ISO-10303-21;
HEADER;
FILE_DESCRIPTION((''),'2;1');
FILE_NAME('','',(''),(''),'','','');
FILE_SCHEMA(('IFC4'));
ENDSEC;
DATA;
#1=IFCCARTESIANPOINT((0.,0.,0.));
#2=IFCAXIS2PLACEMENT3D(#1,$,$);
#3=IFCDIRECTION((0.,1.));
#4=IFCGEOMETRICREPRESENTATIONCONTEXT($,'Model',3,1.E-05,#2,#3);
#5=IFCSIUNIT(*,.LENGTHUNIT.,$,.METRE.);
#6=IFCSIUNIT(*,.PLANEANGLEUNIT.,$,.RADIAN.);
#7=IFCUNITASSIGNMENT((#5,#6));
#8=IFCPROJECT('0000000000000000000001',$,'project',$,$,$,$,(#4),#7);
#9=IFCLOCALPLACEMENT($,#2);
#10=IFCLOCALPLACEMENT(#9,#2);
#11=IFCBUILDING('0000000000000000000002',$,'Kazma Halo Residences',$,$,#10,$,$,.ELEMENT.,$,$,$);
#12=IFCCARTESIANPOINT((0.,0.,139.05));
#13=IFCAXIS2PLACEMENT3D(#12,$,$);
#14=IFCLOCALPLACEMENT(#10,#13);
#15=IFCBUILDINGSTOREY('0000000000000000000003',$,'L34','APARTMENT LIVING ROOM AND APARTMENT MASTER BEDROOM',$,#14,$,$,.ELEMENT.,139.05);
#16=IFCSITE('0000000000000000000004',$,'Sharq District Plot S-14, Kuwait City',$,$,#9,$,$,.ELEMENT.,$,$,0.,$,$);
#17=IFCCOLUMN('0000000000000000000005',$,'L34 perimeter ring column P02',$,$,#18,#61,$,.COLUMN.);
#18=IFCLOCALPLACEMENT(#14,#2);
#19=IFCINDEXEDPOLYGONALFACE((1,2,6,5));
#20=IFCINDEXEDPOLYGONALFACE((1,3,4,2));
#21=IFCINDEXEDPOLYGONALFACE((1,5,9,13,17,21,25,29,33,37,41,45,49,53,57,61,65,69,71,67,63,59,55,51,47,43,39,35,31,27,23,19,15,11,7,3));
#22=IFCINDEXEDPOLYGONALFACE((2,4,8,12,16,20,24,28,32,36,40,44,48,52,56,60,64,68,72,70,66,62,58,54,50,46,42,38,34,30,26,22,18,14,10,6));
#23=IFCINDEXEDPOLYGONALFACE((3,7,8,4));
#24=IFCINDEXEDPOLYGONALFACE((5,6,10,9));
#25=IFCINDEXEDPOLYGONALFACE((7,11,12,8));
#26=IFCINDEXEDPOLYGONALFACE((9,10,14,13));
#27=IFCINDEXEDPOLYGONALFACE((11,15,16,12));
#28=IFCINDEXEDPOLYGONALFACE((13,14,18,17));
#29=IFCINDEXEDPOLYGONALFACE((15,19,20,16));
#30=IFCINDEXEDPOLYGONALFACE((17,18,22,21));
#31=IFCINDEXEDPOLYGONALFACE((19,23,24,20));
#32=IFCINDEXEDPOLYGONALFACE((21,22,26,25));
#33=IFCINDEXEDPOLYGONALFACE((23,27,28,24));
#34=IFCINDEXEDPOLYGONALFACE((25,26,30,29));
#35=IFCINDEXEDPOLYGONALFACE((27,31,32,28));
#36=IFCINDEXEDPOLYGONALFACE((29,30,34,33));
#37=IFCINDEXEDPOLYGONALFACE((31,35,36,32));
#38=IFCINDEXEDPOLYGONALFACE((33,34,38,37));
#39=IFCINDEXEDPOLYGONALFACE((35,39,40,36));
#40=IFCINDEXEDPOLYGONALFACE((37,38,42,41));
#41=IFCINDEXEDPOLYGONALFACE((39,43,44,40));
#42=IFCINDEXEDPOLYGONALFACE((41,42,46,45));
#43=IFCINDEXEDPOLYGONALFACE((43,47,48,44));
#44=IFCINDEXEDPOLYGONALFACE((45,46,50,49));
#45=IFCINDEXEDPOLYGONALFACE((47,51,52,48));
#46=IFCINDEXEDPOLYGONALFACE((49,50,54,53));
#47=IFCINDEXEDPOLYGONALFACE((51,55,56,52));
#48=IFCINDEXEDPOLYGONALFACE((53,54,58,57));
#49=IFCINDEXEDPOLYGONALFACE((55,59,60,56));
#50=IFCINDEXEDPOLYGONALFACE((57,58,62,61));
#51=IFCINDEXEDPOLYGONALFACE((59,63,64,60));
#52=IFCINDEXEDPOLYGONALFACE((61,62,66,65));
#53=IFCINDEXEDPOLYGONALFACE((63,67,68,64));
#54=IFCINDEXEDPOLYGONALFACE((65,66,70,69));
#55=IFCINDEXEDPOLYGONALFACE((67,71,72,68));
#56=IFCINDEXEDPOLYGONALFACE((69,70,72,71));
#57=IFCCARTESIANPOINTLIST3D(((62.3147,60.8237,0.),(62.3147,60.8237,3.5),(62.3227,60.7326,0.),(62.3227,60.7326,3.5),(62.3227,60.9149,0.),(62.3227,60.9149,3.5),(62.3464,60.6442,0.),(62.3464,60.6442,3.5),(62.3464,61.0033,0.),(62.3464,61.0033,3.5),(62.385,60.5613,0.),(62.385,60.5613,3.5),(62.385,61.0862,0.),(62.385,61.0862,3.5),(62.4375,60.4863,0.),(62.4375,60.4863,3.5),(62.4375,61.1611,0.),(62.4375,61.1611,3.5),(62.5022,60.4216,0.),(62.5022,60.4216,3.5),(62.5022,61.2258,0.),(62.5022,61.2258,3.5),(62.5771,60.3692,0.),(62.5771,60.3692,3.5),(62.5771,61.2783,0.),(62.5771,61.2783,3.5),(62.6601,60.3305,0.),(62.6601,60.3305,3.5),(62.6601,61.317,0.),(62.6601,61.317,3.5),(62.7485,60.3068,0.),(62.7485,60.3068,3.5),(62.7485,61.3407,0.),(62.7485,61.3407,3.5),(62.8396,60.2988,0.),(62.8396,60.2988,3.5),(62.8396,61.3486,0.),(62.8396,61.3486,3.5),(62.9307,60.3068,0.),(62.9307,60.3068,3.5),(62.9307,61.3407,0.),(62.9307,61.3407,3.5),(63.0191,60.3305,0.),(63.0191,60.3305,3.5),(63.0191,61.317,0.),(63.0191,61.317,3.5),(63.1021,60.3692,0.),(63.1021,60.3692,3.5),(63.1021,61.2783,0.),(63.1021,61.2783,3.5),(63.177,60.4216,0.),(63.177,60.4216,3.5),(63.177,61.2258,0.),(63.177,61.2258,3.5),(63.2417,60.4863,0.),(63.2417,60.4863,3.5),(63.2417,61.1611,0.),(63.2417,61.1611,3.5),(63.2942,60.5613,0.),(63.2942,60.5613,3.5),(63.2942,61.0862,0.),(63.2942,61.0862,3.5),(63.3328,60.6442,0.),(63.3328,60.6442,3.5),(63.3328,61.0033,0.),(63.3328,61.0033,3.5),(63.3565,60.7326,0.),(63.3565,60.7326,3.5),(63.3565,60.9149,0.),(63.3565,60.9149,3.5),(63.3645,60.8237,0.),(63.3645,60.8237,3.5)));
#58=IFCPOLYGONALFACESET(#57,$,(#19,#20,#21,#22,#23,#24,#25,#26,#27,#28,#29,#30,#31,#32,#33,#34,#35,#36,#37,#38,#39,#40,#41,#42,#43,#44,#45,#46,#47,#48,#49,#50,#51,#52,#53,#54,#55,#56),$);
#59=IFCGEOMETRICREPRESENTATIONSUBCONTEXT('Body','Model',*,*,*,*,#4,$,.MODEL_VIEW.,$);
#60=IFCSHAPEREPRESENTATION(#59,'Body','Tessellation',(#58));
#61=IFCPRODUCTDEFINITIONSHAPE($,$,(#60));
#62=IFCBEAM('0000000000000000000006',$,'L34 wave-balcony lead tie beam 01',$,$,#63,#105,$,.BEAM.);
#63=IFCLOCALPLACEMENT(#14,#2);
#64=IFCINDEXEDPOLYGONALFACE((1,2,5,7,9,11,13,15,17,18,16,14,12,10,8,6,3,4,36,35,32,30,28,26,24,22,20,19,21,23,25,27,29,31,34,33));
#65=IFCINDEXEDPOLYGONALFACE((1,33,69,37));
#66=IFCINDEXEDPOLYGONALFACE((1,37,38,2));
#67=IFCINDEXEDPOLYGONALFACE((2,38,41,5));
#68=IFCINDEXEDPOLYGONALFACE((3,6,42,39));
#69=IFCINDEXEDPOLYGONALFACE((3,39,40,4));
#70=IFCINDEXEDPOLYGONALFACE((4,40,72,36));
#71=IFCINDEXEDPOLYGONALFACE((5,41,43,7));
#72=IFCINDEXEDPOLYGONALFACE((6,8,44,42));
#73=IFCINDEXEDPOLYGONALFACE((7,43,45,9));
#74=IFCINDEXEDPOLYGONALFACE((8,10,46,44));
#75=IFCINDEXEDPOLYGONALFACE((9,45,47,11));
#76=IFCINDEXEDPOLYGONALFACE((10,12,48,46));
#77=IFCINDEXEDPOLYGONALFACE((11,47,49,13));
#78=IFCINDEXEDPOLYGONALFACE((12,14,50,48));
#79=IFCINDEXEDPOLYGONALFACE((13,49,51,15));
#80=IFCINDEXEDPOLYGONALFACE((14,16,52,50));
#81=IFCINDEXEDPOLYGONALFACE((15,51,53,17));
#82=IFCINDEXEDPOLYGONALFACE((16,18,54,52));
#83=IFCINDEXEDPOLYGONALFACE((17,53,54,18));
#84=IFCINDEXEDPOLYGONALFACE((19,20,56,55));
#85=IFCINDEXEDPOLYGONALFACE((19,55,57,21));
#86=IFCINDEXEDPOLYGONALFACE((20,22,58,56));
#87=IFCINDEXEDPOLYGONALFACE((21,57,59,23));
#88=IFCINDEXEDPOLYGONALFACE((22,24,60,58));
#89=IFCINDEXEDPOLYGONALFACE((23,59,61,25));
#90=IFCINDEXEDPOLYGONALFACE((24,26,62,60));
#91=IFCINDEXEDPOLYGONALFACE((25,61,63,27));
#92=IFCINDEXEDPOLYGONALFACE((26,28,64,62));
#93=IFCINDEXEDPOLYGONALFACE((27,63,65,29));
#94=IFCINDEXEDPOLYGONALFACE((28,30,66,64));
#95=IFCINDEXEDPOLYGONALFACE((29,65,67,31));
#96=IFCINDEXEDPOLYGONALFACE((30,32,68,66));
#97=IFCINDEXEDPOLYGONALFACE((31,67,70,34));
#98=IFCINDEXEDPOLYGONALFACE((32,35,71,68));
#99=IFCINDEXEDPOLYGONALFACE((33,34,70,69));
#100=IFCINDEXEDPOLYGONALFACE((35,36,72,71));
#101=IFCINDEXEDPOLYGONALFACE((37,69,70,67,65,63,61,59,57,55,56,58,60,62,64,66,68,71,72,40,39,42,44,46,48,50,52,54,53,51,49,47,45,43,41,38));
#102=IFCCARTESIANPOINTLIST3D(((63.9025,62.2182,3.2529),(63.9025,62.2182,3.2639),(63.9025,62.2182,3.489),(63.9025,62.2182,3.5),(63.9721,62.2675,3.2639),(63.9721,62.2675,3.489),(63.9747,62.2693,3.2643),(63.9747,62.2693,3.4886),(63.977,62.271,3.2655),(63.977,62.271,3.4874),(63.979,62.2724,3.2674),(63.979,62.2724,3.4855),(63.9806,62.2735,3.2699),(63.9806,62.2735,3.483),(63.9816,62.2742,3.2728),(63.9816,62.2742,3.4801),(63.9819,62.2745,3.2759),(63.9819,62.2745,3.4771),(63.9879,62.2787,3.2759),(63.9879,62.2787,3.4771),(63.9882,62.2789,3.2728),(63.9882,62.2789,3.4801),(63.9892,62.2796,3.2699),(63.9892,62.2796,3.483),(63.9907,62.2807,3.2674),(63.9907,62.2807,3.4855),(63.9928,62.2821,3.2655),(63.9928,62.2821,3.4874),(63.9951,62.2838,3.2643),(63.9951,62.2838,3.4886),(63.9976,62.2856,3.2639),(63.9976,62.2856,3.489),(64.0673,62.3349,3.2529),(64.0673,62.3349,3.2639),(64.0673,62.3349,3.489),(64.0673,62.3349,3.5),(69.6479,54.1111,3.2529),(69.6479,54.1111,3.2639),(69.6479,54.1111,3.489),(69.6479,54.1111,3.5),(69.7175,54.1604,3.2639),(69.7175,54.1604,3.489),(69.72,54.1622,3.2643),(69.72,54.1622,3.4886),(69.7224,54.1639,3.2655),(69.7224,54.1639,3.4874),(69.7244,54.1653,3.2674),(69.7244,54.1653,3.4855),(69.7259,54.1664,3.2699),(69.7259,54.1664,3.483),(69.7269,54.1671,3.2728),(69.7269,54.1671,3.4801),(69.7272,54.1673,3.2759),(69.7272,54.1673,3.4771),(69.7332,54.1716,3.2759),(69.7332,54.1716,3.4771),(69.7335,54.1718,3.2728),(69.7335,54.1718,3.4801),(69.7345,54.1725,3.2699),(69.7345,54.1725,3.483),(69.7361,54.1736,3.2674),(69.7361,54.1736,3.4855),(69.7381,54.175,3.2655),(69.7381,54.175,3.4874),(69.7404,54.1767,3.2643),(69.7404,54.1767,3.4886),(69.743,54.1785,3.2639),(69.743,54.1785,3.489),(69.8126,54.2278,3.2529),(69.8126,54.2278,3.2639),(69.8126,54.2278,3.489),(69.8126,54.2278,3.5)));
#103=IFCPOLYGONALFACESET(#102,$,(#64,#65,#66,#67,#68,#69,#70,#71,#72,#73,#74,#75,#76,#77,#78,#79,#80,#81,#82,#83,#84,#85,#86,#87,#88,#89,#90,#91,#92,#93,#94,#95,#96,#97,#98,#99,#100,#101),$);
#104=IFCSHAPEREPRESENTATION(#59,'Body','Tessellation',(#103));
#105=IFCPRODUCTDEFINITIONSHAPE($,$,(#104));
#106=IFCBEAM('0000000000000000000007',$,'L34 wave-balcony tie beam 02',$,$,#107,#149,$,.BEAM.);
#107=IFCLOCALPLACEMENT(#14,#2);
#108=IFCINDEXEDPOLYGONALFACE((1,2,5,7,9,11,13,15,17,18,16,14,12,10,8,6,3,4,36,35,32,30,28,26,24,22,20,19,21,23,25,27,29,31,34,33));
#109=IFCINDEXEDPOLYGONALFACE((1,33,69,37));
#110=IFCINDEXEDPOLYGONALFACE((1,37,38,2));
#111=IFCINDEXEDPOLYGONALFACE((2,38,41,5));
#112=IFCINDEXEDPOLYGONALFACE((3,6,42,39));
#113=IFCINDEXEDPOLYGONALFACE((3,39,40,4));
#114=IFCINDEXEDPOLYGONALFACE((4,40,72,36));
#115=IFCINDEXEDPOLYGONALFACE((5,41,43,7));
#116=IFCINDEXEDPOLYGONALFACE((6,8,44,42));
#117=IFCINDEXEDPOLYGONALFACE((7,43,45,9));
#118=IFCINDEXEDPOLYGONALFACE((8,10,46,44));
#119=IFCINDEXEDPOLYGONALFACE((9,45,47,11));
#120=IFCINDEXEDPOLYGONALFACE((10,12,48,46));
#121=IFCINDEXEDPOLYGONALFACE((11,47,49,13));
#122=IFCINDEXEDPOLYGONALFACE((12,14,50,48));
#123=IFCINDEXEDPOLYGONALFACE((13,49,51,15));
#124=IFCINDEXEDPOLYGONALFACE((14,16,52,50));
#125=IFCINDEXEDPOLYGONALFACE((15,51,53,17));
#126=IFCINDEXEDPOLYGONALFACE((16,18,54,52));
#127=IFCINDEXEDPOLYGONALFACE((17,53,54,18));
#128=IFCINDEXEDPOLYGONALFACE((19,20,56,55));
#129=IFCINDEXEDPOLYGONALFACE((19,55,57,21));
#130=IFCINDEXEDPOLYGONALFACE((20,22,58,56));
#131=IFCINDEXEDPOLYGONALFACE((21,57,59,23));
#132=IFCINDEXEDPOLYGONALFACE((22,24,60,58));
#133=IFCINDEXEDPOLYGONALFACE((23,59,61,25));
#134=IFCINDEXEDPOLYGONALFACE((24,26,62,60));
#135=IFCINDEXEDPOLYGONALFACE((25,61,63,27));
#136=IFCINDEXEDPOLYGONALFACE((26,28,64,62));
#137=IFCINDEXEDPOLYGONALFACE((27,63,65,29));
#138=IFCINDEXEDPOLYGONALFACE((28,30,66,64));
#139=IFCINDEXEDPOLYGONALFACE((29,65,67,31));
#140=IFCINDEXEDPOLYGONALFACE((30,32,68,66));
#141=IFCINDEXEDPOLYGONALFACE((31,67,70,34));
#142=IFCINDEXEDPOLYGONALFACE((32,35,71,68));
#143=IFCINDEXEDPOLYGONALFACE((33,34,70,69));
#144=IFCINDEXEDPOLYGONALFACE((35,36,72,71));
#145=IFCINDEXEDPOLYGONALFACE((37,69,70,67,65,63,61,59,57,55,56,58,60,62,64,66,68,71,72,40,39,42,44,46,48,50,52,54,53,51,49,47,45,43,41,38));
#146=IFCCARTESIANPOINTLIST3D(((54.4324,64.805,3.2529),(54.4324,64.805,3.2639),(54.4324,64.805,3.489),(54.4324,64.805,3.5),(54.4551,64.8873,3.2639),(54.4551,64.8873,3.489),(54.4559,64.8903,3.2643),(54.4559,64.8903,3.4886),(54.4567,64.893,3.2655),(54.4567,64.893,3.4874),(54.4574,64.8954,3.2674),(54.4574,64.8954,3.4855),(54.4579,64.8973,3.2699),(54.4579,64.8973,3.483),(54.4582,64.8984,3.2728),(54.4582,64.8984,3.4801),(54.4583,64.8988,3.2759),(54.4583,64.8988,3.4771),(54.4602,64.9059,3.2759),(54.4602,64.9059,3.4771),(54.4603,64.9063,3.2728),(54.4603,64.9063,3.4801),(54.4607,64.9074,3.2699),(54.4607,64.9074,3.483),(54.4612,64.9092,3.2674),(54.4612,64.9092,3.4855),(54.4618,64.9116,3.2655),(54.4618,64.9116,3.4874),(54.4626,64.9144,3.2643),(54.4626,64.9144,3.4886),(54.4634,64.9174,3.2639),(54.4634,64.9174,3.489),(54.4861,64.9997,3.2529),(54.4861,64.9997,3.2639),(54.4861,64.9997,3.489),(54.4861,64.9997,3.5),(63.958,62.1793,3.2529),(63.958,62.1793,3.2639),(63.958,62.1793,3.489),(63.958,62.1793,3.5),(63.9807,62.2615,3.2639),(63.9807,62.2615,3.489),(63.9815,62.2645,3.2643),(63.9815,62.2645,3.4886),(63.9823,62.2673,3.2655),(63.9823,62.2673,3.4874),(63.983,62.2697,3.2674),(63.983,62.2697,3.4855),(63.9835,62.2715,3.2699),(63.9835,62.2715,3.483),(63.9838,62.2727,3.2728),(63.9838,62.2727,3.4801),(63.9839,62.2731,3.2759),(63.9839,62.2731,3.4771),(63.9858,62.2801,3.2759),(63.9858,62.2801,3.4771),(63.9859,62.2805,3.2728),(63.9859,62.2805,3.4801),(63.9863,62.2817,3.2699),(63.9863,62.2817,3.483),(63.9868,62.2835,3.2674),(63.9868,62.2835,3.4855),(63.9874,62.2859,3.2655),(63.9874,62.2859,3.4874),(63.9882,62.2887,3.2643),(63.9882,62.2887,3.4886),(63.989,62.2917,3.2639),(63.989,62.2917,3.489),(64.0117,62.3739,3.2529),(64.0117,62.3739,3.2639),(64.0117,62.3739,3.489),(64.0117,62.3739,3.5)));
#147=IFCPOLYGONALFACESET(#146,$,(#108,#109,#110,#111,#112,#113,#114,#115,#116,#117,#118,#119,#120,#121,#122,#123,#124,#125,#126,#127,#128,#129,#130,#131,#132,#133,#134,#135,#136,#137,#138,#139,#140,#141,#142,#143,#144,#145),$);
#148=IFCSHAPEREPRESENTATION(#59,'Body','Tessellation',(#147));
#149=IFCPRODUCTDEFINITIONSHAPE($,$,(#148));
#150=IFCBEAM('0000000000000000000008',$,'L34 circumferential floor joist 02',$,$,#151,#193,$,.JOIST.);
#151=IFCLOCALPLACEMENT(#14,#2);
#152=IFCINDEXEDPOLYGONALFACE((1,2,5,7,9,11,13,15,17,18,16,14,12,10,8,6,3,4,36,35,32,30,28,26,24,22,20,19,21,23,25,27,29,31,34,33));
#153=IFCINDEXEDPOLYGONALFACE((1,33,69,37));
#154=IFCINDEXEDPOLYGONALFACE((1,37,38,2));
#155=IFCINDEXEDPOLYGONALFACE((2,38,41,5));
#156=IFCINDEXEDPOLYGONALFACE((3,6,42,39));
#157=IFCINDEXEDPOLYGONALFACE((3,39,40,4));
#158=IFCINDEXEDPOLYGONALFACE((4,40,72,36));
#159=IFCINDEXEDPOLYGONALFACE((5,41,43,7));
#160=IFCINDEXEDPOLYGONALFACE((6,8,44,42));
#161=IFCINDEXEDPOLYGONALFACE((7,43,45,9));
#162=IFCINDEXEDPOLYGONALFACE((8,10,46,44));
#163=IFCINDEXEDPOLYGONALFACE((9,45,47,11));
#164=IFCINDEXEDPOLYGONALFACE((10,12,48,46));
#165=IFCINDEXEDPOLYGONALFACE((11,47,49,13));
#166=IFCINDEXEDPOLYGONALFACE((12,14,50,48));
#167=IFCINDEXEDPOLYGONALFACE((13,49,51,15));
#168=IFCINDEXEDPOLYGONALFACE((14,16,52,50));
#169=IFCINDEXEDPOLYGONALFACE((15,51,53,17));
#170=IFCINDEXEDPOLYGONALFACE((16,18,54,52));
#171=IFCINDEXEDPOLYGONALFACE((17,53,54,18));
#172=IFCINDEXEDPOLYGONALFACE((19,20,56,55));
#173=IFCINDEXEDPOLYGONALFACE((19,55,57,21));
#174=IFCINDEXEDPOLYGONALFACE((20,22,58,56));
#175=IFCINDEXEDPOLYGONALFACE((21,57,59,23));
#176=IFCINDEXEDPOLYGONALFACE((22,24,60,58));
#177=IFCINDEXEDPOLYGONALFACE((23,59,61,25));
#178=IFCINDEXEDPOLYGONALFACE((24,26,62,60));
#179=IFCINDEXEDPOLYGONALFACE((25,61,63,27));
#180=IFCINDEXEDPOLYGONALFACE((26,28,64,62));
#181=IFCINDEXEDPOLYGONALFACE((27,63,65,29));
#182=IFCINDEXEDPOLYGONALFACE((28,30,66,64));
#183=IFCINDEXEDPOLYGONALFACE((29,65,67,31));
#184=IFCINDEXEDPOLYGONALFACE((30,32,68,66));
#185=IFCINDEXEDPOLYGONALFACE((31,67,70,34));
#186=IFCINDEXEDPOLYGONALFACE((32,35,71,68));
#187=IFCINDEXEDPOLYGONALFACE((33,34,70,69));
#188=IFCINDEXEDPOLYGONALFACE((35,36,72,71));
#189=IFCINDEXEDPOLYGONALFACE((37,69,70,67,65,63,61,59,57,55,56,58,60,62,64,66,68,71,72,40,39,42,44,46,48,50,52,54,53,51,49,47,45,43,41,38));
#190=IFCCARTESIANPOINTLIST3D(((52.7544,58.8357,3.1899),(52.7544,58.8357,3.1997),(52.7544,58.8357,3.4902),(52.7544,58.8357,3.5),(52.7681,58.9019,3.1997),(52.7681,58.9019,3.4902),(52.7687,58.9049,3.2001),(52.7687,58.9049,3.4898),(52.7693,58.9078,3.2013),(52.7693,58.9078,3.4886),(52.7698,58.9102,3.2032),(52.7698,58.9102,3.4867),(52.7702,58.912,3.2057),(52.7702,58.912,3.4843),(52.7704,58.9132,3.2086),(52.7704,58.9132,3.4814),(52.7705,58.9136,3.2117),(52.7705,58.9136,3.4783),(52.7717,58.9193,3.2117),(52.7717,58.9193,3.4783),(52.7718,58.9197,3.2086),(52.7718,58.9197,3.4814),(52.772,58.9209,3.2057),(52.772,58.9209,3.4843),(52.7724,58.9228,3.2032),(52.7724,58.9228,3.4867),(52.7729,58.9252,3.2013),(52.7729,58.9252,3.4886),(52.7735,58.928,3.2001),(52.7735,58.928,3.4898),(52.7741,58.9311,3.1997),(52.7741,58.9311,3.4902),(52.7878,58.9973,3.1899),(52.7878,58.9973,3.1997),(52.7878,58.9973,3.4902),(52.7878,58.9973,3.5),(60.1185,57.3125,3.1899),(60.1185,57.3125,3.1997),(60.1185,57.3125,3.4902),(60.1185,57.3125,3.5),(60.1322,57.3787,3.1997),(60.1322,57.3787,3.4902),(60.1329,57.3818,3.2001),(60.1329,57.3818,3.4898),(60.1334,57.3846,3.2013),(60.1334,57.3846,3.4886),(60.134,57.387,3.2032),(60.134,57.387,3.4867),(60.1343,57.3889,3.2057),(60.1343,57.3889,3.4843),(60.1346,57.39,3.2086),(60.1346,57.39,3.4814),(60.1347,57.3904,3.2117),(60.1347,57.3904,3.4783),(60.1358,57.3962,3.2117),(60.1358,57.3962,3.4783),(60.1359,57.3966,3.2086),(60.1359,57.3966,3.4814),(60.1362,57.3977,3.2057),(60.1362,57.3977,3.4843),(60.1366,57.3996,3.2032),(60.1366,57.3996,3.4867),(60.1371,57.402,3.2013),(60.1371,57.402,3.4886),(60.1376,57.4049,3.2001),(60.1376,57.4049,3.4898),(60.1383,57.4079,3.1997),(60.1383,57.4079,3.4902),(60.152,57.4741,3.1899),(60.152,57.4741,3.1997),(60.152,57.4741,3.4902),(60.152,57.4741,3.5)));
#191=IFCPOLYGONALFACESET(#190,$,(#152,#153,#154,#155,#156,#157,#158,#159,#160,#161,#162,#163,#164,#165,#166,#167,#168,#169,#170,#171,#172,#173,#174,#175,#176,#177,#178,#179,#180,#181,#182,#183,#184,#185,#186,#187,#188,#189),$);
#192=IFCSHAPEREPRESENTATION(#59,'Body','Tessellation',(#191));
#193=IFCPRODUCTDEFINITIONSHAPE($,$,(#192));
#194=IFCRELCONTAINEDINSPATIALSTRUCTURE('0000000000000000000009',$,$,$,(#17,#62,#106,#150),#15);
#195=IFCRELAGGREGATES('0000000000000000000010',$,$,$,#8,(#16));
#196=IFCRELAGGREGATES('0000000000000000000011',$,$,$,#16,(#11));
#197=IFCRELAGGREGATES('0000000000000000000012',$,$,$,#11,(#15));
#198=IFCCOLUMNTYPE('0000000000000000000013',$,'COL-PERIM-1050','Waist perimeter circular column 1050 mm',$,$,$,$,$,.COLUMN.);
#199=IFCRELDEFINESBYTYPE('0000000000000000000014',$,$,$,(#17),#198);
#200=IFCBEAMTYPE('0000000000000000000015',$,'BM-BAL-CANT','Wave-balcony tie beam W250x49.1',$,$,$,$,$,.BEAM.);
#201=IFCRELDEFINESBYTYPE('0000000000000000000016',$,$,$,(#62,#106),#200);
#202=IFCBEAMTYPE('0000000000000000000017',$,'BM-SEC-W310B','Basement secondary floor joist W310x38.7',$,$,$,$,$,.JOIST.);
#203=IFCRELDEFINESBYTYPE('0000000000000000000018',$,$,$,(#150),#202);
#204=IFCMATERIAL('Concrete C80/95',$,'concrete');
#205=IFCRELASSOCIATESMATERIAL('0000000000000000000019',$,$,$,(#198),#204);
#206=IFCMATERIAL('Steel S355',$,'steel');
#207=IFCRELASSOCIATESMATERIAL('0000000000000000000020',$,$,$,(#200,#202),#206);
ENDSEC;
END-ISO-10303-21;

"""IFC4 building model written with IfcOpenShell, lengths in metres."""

from ifc_helpers import new_model, si_unit, direction, frame, origin, origin_2d, place, context, subcontext, project, spatial, circle, i_section, extrude, material, material_profile, profile_set, type_object, element, save


model = new_model("IFC4")

# Units and contexts
model_context = context("Model", 3, precision=1e-05, world=origin(), true_north=direction((0.0, 1.0)))
body_context = subcontext(model_context, "Body", "Model", "MODEL_VIEW")
ifc_project = project(units=[si_unit("LENGTHUNIT", "METRE"), si_unit("PLANEANGLEUNIT", "RADIAN")], contexts=[model_context])

# Site, building, storey
site_placement = place(None, origin())
site = spatial("IfcSite", under=ifc_project, at=site_placement, Name="Sharq District Plot S-14, Kuwait City", CompositionType="ELEMENT", RefElevation=0.0)
building_placement = place(site_placement, origin())
building = spatial("IfcBuilding", under=site, at=building_placement, Name="Kazma Halo Residences", CompositionType="ELEMENT")
storey_placement = place(building_placement, frame((0.0, 0.0, 139.05)))
storey = spatial("IfcBuildingStorey", under=building, at=storey_placement, Name="L34", Description="APARTMENT LIVING ROOM AND APARTMENT MASTER BEDROOM", CompositionType="ELEMENT", Elevation=139.05)

# Column
ifc_material_1 = material(Name="Concrete C80/95", Category="concrete")
ifc_material_profile_1 = material_profile(ifc_material_1, circle(Radius=0.5249, at=origin_2d()), Name="CIRC1050")
ifc_profile_set_1 = profile_set([ifc_material_profile_1], Name="Concrete C80/95")
column_type = type_object("IfcColumnType", Name="COL-PERIM-1050", Description="Waist perimeter circular column 1050 mm", PredefinedType="COLUMN", material=ifc_profile_set_1)
column_placement = place(storey_placement, frame((62.8396, 60.8237, 0.0), z_axis=(0.0, 0.0, 1.0), x_axis=(1.0, 0.0, 0.0)))
element("IfcColumn", 1, at=column_placement, inside=storey, type_object=column_type, Name="L34 perimeter ring column P02", PredefinedType="COLUMN", context=body_context, shape_type="SweptSolid", body=[
    extrude(circle(Radius=0.5249, at=origin_2d()), origin(), (0.0, 0.0, 1.0), 3.5),
])

# Beams
ifc_material_2 = material(Name="Steel S355", Category="steel")
ifc_material_profile_2 = material_profile(ifc_material_2, i_section(OverallWidth=0.2019, OverallDepth=0.2471, WebThickness=0.0073, FlangeThickness=0.011, FilletRadius=0.012, at=origin_2d()), Name="W250x49.1")
ifc_profile_set_2 = profile_set([ifc_material_profile_2], Name="Steel S355")
beam_type_1 = type_object("IfcBeamType", Name="BM-BAL-CANT", Description="Wave-balcony tie beam W250x49.1", PredefinedType="BEAM", material=ifc_profile_set_2)
beam_1_placement = place(storey_placement, frame((69.7302, 54.1694, 3.3765), z_axis=(-0.578203, 0.815893, 0.0), x_axis=(-0.815893, -0.578203, 0.0)))
element("IfcBeam", 2, at=beam_1_placement, inside=storey, type_object=beam_type_1, Name="L34 wave-balcony lead tie beam 01", PredefinedType="BEAM", context=body_context, shape_type="SweptSolid", body=[
    extrude(i_section(OverallWidth=0.2019, OverallDepth=0.2471, WebThickness=0.0073, FlangeThickness=0.011, FilletRadius=0.012, at=origin_2d()), origin(), (0.0, 0.0, 1.0), 9.9365),
])
beam_2_placement = place(storey_placement, frame((63.9849, 62.2766, 3.3765), z_axis=(-0.964045, 0.265738, 0.0), x_axis=(-0.265738, -0.964045, 0.0)))
element("IfcBeam", 3, at=beam_2_placement, inside=storey, type_object=beam_type_1, Name="L34 wave-balcony tie beam 02", PredefinedType="BEAM", context=body_context, shape_type="SweptSolid", body=[
    extrude(i_section(OverallWidth=0.2019, OverallDepth=0.2471, WebThickness=0.0073, FlangeThickness=0.011, FilletRadius=0.012, at=origin_2d()), origin(), (0.0, 0.0, 1.0), 9.8809),
])
ifc_material_profile_3 = material_profile(ifc_material_2, i_section(OverallWidth=0.165, OverallDepth=0.3101, WebThickness=0.0059, FlangeThickness=0.0098, FilletRadius=0.012, at=origin_2d()), Name="W310x38.7")
ifc_profile_set_3 = profile_set([ifc_material_profile_3], Name="Steel S355")
beam_type_2 = type_object("IfcBeamType", Name="BM-SEC-W310B", Description="Basement secondary floor joist W310x38.7", PredefinedType="JOIST", material=ifc_profile_set_3)
beam_3_placement = place(storey_placement, frame((60.1353, 57.3933, 3.345), z_axis=(-0.979272, 0.202549, 0.0), x_axis=(-0.202549, -0.979272, 0.0)))
element("IfcBeam", 4, at=beam_3_placement, inside=storey, type_object=beam_type_2, Name="L34 circumferential floor joist 02", PredefinedType="JOIST", context=body_context, shape_type="SweptSolid", body=[
    extrude(i_section(OverallWidth=0.165, OverallDepth=0.3101, WebThickness=0.0059, FlangeThickness=0.0098, FilletRadius=0.012, at=origin_2d()), origin(), (0.0, 0.0, 1.0), 7.52),
])

save(model, "model.ifc")
